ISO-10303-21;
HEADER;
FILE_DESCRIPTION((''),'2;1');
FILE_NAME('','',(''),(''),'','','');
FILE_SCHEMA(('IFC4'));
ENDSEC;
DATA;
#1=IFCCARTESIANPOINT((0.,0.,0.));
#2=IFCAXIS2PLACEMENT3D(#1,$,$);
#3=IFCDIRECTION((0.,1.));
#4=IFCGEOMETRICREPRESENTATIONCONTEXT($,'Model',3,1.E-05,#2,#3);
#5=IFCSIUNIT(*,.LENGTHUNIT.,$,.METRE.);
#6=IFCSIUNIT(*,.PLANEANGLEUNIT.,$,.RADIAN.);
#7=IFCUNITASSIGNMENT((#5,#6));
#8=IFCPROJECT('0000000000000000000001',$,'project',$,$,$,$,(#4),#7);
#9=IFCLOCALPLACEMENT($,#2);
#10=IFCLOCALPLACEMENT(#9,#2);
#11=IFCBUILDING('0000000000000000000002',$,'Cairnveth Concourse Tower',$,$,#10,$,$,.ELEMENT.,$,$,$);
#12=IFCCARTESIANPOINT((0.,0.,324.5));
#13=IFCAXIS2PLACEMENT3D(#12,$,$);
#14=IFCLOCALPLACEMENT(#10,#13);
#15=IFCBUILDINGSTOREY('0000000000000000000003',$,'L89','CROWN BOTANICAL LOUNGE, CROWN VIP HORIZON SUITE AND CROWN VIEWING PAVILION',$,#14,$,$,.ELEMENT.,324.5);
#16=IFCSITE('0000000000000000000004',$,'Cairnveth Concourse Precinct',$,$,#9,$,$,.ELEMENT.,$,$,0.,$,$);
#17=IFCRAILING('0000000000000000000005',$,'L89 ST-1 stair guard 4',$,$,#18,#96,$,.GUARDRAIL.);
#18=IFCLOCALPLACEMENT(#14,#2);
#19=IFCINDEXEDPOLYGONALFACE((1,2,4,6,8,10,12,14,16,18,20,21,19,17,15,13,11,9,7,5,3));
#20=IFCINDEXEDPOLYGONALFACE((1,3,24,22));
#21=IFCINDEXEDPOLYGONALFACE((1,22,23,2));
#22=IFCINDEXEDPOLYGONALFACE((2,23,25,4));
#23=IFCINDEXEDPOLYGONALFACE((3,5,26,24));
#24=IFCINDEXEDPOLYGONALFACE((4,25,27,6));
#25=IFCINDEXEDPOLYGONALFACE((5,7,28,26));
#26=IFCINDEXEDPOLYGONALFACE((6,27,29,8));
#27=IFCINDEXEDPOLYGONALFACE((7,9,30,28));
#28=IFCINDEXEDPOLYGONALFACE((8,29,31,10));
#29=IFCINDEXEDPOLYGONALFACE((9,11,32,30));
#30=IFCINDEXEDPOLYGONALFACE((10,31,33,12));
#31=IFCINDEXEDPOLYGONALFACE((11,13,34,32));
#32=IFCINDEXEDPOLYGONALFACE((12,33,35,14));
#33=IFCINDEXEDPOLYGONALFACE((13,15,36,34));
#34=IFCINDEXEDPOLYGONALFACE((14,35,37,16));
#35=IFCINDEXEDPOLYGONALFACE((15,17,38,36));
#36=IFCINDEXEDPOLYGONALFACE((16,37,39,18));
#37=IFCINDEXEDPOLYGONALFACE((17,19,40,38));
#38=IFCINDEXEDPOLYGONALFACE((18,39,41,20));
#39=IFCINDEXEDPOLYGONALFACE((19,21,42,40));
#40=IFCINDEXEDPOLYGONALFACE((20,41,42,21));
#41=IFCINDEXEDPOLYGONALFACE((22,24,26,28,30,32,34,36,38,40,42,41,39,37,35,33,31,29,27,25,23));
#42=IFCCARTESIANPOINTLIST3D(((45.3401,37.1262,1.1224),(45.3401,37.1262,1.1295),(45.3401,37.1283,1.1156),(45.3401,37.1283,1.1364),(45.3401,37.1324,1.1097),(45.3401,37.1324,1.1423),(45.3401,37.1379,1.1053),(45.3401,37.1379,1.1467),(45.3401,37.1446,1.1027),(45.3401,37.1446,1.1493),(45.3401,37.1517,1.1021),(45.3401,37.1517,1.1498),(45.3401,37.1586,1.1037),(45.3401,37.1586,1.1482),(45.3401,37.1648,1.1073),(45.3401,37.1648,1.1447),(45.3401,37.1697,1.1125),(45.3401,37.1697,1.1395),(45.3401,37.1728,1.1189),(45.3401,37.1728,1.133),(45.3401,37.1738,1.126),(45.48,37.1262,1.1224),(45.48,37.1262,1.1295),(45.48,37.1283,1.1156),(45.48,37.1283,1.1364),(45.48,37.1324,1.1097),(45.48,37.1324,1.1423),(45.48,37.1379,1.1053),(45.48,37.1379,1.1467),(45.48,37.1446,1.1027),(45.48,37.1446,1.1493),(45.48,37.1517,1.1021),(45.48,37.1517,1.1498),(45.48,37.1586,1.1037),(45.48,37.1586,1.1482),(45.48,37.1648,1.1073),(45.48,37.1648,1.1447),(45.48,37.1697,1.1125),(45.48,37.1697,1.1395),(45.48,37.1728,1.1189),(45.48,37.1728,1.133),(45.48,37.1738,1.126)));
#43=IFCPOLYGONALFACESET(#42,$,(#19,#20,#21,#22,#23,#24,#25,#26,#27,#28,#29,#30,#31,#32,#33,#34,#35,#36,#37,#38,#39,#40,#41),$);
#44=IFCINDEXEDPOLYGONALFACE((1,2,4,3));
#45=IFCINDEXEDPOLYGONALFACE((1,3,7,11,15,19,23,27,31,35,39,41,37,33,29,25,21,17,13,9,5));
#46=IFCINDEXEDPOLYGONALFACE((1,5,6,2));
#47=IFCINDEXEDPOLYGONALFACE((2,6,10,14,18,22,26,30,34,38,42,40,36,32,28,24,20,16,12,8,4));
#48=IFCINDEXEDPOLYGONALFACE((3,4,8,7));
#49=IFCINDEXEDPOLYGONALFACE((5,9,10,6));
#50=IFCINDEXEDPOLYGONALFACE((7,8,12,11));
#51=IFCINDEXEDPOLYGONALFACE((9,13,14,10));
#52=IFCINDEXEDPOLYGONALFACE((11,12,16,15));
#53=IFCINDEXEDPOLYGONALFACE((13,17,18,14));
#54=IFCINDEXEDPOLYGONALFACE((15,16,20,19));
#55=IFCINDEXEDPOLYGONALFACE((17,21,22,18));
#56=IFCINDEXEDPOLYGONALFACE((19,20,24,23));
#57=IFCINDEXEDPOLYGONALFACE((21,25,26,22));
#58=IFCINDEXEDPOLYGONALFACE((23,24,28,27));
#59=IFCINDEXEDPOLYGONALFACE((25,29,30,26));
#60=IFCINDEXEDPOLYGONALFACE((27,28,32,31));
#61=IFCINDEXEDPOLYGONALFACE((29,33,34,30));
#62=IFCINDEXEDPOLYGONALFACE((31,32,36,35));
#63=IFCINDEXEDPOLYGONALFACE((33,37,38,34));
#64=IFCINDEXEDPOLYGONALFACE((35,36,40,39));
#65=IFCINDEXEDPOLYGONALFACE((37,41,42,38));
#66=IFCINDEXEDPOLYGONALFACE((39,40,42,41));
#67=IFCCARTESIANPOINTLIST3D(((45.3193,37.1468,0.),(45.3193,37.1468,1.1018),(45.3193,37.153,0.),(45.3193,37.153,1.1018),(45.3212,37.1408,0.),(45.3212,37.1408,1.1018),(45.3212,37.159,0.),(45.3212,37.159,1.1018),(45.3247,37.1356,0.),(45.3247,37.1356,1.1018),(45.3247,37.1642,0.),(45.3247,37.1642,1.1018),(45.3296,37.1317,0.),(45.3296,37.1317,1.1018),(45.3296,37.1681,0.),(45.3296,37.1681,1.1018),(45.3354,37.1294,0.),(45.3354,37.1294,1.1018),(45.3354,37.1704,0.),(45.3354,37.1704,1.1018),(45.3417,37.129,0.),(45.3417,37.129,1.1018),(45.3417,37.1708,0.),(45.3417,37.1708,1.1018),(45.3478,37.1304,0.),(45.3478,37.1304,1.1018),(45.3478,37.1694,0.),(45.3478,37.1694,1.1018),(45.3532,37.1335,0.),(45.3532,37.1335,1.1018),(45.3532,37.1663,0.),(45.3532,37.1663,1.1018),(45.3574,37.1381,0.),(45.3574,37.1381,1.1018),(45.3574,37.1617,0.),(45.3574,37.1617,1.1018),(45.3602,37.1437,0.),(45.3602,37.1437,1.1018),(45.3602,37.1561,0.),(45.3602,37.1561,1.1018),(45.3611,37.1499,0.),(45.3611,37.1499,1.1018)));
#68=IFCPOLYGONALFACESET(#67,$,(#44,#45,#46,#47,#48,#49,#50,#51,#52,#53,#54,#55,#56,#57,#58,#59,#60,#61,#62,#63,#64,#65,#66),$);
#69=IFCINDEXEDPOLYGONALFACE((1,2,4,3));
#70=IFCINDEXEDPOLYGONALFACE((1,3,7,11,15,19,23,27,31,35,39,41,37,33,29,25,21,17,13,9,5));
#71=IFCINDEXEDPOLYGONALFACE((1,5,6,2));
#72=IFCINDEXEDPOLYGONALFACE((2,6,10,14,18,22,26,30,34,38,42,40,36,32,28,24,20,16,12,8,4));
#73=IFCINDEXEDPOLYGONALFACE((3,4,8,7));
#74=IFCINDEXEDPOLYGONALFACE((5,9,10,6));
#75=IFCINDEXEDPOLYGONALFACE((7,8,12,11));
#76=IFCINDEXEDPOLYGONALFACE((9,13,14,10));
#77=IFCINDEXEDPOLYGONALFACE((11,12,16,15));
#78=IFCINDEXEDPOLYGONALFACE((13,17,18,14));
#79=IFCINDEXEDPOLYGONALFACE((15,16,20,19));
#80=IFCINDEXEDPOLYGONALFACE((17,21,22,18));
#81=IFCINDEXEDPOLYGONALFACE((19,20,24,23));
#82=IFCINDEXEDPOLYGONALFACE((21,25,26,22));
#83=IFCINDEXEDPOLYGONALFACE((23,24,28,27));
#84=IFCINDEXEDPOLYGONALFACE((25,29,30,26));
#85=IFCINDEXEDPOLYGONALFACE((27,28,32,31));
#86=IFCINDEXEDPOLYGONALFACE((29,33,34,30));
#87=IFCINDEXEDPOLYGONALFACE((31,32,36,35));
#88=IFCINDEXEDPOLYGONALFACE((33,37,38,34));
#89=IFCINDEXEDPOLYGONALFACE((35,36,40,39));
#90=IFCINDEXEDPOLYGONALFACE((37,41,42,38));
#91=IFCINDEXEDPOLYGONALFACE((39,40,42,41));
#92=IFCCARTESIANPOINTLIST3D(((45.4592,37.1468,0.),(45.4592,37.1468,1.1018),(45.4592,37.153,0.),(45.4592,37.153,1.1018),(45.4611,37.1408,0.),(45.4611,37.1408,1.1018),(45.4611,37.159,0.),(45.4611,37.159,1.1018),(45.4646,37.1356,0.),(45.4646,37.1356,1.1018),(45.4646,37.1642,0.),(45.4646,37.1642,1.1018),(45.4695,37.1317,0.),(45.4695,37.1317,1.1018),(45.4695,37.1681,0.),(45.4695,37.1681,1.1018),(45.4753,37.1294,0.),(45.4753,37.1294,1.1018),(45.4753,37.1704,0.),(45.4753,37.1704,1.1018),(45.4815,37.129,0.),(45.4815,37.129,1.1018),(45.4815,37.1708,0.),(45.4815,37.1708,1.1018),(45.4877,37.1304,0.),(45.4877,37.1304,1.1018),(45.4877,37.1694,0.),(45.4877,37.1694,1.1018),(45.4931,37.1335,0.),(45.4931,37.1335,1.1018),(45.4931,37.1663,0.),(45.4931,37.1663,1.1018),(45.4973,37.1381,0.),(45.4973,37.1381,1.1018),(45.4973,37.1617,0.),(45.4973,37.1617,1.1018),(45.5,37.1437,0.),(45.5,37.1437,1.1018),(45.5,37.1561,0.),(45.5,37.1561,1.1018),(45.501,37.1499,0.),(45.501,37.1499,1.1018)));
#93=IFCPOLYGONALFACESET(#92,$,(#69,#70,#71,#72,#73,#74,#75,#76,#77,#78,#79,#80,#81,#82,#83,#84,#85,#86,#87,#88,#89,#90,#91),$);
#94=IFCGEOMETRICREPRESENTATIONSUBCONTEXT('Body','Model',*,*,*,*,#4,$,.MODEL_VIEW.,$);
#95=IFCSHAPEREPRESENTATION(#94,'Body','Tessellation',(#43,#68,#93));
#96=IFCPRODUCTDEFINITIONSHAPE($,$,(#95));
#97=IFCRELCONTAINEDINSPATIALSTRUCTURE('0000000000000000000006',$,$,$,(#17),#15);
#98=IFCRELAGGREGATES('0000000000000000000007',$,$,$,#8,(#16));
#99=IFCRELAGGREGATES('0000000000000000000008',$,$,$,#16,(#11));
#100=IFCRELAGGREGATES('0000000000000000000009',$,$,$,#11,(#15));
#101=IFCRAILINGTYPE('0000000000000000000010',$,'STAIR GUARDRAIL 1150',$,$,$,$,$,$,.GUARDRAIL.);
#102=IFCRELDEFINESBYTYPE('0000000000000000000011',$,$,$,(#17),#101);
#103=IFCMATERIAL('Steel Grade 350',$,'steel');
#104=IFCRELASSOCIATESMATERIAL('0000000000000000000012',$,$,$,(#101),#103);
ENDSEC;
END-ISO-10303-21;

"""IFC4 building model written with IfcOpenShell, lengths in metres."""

from ifc_helpers import new_model, si_unit, direction, frame, origin, origin_2d, place, context, subcontext, project, spatial, circle, extrude, material, type_object, element, save


model = new_model("IFC4")

# Units and contexts
model_context = context("Model", 3, precision=1e-05, world=origin(), true_north=direction((0.0, 1.0)))
body_context = subcontext(model_context, "Body", "Model", "MODEL_VIEW")
ifc_project = project(units=[si_unit("LENGTHUNIT", "METRE"), si_unit("PLANEANGLEUNIT", "RADIAN")], contexts=[model_context])

# Site, building, storey
site_placement = place(None, origin())
site = spatial("IfcSite", under=ifc_project, at=site_placement, Name="Cairnveth Concourse Precinct", CompositionType="ELEMENT", RefElevation=0.0)
building_placement = place(site_placement, origin())
building = spatial("IfcBuilding", under=site, at=building_placement, Name="Cairnveth Concourse Tower", CompositionType="ELEMENT")
storey_placement = place(building_placement, frame((0.0, 0.0, 324.5)))
storey = spatial("IfcBuildingStorey", under=building, at=storey_placement, Name="L89", Description="CROWN BOTANICAL LOUNGE, CROWN VIP HORIZON SUITE AND CROWN VIEWING PAVILION", CompositionType="ELEMENT", Elevation=324.5)

# Shared definitions
ifc_material_1 = material(Name="Steel Grade 350", Category="steel")

# Railing
railing_type_1 = type_object("IfcRailingType", Name="STAIR GUARDRAIL 1150", PredefinedType="GUARDRAIL", material=ifc_material_1)
railing_1_placement = place(storey_placement, frame((45.3401, 37.1499, 0.0)))
element("IfcRailing", 1, at=railing_1_placement, inside=storey, type_object=railing_type_1, Name="L89 ST-1 stair guard 4", PredefinedType="GUARDRAIL", context=body_context, shape_type="SweptSolid", body=[
    extrude(circle(Radius=0.0239, at=origin_2d()), frame((0.0, 0.0, 1.126), z_axis=(1.0, 0.0, 0.0), x_axis=(0.0, 1.0, 0.0)), (0.0, 0.0, 1.0), 0.1399),
    extrude(circle(Radius=0.021, at=origin_2d()), origin(), (0.0, 0.0, 1.0), 1.1018),
    extrude(circle(Radius=0.021, at=origin_2d()), frame((0.1399, 0.0, 0.0)), (0.0, 0.0, 1.0), 1.1018),
])

save(model, "model.ifc")
